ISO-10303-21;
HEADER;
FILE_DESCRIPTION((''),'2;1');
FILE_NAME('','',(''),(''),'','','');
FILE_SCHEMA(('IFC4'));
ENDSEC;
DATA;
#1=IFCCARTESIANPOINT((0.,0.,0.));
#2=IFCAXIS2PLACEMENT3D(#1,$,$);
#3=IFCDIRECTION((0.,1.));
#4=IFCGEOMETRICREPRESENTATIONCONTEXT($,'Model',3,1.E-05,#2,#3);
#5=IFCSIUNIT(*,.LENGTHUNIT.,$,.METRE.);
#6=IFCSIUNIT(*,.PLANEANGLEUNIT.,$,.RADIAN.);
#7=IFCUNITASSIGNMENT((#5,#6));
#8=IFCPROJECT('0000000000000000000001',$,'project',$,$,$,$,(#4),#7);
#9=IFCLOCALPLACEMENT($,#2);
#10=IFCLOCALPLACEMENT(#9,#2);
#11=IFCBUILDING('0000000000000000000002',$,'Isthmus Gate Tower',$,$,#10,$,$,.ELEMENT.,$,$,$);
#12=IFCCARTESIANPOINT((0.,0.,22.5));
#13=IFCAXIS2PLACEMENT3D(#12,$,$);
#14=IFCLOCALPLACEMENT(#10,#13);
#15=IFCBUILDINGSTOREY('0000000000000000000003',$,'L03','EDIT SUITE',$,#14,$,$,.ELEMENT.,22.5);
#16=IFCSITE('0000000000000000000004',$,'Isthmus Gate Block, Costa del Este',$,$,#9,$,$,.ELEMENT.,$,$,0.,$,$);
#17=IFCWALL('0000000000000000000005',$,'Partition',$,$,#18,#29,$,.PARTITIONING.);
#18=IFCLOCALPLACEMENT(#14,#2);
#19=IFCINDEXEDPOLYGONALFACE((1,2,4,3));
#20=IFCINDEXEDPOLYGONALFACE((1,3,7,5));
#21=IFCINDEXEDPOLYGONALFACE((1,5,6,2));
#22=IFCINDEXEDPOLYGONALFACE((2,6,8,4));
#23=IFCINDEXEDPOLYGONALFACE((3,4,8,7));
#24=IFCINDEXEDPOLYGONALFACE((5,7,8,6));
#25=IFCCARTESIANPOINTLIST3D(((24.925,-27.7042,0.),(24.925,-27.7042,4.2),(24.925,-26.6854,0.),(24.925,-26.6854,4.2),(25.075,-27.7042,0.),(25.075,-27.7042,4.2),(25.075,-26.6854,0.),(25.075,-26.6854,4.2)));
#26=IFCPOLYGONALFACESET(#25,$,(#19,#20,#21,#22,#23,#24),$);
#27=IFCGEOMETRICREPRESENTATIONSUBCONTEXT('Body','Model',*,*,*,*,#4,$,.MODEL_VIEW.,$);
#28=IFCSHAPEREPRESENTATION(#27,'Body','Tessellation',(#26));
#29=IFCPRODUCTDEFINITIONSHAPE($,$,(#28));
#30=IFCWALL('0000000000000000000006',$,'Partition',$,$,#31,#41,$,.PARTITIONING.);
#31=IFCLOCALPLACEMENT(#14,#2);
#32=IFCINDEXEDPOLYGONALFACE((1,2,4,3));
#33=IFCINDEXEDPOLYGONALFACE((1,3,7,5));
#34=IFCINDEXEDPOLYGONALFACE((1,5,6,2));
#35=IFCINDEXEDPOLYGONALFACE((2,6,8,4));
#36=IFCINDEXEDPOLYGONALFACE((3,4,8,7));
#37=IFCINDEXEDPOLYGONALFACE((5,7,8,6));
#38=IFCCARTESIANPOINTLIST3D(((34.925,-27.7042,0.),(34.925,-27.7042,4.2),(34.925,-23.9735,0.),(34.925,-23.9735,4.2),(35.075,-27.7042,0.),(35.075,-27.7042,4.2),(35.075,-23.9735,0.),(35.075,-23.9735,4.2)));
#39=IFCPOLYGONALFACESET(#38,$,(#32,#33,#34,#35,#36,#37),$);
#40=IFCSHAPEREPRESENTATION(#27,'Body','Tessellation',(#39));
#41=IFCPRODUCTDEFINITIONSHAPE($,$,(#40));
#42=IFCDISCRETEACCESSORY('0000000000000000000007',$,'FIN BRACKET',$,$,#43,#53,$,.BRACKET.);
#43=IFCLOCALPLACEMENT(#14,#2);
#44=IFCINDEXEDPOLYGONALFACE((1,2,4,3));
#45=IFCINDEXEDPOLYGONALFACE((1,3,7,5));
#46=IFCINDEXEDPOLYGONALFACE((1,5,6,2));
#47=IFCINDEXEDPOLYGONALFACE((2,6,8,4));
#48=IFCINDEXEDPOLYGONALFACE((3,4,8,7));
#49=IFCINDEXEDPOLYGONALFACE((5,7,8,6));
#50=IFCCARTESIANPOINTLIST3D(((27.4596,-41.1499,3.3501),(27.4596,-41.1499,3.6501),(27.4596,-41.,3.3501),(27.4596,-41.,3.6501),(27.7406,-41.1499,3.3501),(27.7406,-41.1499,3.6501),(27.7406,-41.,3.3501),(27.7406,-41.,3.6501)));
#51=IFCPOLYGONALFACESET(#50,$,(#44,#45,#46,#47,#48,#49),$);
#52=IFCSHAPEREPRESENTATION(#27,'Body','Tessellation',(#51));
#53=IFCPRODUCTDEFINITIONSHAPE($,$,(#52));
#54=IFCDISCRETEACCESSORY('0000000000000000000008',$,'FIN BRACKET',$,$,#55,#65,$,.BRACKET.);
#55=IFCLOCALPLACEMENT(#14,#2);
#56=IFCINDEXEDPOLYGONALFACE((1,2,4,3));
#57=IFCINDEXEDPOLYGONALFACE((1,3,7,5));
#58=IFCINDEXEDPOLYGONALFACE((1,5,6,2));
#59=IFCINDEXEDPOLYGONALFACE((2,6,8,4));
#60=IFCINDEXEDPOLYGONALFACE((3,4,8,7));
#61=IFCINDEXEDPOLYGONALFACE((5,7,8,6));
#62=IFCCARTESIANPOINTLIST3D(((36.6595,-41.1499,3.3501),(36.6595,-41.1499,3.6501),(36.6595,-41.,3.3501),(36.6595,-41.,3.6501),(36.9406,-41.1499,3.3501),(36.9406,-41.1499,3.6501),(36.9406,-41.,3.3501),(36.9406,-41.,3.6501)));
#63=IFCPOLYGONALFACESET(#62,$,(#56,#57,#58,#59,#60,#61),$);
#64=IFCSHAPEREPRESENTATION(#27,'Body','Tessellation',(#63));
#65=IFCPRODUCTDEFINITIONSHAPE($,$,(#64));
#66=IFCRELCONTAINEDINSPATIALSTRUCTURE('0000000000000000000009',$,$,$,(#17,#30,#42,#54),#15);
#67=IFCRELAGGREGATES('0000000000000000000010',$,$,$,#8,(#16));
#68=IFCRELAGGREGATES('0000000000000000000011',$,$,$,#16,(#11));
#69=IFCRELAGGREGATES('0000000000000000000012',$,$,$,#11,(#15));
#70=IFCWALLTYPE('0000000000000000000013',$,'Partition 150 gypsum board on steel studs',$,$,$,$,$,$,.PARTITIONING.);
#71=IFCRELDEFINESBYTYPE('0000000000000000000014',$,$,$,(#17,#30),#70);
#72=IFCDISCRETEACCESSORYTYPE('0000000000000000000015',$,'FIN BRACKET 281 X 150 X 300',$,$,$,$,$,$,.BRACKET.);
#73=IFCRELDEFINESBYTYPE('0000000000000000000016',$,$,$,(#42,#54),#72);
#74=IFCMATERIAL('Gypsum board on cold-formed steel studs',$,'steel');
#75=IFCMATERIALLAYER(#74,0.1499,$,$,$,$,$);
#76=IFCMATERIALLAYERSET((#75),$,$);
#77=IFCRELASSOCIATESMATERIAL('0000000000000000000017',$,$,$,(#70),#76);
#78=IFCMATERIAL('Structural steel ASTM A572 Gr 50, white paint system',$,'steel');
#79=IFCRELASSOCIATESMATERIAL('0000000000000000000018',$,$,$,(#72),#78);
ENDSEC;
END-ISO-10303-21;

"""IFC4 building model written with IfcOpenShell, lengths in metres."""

from ifc_helpers import new_model, si_unit, direction, frame, frame_2d, origin, origin_2d, place, context, subcontext, project, spatial, rectangle, extrude, material, layer, layer_set, type_object, element, save


model = new_model("IFC4")

# Units and contexts
model_context = context("Model", 3, precision=1e-05, world=origin(), true_north=direction((0.0, 1.0)))
body_context = subcontext(model_context, "Body", "Model", "MODEL_VIEW")
ifc_project = project(units=[si_unit("LENGTHUNIT", "METRE"), si_unit("PLANEANGLEUNIT", "RADIAN")], contexts=[model_context])

# Site, building, storey
site_placement = place(None, origin())
site = spatial("IfcSite", under=ifc_project, at=site_placement, Name="Isthmus Gate Block, Costa del Este", CompositionType="ELEMENT", RefElevation=0.0)
building_placement = place(site_placement, origin())
building = spatial("IfcBuilding", under=site, at=building_placement, Name="Isthmus Gate Tower", CompositionType="ELEMENT")
storey_placement = place(building_placement, frame((0.0, 0.0, 22.5)))
storey = spatial("IfcBuildingStorey", under=building, at=storey_placement, Name="L03", Description="EDIT SUITE", CompositionType="ELEMENT", Elevation=22.5)

# Shared definitions
ifc_material_1 = material(Name="Gypsum board on cold-formed steel studs", Category="steel")
ifc_layer_1 = layer(ifc_material_1, 0.1499)
ifc_layer_set_1 = layer_set([ifc_layer_1])
wall_type_1 = type_object("IfcWallType", Name="Partition 150 gypsum board on steel studs", PredefinedType="PARTITIONING", material=ifc_layer_set_1)

# Walls
wall_1_placement = place(storey_placement, frame((25.0, -27.7041, 0.0), z_axis=(0.0, 0.0, 1.0), x_axis=(0.0, 1.0, 0.0)))
element("IfcWall", 1, at=wall_1_placement, inside=storey, type_object=wall_type_1, Name="Partition", PredefinedType="PARTITIONING", context=body_context, shape_type="SweptSolid", body=[
    extrude(rectangle(XDim=1.0188, YDim=0.1499, at=frame_2d((0.5093, 0.0))), origin(), (0.0, 0.0, 1.0), 4.2),
])
wall_2_placement = place(storey_placement, frame((35.0, -27.7041, 0.0), z_axis=(0.0, 0.0, 1.0), x_axis=(0.0, 1.0, 0.0)))
element("IfcWall", 2, at=wall_2_placement, inside=storey, type_object=wall_type_1, Name="Partition", PredefinedType="PARTITIONING", context=body_context, shape_type="SweptSolid", body=[
    extrude(rectangle(XDim=3.7307, YDim=0.1499, at=frame_2d((1.8652, 0.0))), origin(), (0.0, 0.0, 1.0), 4.2),
])

# Discrete accessories
ifc_material_2 = material(Name="Structural steel ASTM A572 Gr 50, white paint system", Category="steel")
discrete_accessory_type = type_object("IfcDiscreteAccessoryType", Name="FIN BRACKET 281 X 150 X 300", PredefinedType="BRACKET", material=ifc_material_2)
for number, where, z_axis, x_axis, name in (
    (3, (27.6001, -41.075, 3.3501), (0.0, 0.0, 1.0), (0.0, -1.0, 0.0), "FIN BRACKET"),
    (4, (36.8, -41.075, 3.3501), (0.0, 0.0, 1.0), (0.0, -1.0, 0.0), "FIN BRACKET"),
):
    element("IfcDiscreteAccessory", number, at=place(storey_placement, frame(where, z_axis=z_axis, x_axis=x_axis)), inside=storey, type_object=discrete_accessory_type, Name=name, PredefinedType="BRACKET", context=body_context, shape_type="SweptSolid", body=[
        extrude(rectangle(XDim=0.1499, YDim=0.281, at=origin_2d()), origin(), (0.0, 0.0, 1.0), 0.3),
    ])

save(model, "model.ifc")
